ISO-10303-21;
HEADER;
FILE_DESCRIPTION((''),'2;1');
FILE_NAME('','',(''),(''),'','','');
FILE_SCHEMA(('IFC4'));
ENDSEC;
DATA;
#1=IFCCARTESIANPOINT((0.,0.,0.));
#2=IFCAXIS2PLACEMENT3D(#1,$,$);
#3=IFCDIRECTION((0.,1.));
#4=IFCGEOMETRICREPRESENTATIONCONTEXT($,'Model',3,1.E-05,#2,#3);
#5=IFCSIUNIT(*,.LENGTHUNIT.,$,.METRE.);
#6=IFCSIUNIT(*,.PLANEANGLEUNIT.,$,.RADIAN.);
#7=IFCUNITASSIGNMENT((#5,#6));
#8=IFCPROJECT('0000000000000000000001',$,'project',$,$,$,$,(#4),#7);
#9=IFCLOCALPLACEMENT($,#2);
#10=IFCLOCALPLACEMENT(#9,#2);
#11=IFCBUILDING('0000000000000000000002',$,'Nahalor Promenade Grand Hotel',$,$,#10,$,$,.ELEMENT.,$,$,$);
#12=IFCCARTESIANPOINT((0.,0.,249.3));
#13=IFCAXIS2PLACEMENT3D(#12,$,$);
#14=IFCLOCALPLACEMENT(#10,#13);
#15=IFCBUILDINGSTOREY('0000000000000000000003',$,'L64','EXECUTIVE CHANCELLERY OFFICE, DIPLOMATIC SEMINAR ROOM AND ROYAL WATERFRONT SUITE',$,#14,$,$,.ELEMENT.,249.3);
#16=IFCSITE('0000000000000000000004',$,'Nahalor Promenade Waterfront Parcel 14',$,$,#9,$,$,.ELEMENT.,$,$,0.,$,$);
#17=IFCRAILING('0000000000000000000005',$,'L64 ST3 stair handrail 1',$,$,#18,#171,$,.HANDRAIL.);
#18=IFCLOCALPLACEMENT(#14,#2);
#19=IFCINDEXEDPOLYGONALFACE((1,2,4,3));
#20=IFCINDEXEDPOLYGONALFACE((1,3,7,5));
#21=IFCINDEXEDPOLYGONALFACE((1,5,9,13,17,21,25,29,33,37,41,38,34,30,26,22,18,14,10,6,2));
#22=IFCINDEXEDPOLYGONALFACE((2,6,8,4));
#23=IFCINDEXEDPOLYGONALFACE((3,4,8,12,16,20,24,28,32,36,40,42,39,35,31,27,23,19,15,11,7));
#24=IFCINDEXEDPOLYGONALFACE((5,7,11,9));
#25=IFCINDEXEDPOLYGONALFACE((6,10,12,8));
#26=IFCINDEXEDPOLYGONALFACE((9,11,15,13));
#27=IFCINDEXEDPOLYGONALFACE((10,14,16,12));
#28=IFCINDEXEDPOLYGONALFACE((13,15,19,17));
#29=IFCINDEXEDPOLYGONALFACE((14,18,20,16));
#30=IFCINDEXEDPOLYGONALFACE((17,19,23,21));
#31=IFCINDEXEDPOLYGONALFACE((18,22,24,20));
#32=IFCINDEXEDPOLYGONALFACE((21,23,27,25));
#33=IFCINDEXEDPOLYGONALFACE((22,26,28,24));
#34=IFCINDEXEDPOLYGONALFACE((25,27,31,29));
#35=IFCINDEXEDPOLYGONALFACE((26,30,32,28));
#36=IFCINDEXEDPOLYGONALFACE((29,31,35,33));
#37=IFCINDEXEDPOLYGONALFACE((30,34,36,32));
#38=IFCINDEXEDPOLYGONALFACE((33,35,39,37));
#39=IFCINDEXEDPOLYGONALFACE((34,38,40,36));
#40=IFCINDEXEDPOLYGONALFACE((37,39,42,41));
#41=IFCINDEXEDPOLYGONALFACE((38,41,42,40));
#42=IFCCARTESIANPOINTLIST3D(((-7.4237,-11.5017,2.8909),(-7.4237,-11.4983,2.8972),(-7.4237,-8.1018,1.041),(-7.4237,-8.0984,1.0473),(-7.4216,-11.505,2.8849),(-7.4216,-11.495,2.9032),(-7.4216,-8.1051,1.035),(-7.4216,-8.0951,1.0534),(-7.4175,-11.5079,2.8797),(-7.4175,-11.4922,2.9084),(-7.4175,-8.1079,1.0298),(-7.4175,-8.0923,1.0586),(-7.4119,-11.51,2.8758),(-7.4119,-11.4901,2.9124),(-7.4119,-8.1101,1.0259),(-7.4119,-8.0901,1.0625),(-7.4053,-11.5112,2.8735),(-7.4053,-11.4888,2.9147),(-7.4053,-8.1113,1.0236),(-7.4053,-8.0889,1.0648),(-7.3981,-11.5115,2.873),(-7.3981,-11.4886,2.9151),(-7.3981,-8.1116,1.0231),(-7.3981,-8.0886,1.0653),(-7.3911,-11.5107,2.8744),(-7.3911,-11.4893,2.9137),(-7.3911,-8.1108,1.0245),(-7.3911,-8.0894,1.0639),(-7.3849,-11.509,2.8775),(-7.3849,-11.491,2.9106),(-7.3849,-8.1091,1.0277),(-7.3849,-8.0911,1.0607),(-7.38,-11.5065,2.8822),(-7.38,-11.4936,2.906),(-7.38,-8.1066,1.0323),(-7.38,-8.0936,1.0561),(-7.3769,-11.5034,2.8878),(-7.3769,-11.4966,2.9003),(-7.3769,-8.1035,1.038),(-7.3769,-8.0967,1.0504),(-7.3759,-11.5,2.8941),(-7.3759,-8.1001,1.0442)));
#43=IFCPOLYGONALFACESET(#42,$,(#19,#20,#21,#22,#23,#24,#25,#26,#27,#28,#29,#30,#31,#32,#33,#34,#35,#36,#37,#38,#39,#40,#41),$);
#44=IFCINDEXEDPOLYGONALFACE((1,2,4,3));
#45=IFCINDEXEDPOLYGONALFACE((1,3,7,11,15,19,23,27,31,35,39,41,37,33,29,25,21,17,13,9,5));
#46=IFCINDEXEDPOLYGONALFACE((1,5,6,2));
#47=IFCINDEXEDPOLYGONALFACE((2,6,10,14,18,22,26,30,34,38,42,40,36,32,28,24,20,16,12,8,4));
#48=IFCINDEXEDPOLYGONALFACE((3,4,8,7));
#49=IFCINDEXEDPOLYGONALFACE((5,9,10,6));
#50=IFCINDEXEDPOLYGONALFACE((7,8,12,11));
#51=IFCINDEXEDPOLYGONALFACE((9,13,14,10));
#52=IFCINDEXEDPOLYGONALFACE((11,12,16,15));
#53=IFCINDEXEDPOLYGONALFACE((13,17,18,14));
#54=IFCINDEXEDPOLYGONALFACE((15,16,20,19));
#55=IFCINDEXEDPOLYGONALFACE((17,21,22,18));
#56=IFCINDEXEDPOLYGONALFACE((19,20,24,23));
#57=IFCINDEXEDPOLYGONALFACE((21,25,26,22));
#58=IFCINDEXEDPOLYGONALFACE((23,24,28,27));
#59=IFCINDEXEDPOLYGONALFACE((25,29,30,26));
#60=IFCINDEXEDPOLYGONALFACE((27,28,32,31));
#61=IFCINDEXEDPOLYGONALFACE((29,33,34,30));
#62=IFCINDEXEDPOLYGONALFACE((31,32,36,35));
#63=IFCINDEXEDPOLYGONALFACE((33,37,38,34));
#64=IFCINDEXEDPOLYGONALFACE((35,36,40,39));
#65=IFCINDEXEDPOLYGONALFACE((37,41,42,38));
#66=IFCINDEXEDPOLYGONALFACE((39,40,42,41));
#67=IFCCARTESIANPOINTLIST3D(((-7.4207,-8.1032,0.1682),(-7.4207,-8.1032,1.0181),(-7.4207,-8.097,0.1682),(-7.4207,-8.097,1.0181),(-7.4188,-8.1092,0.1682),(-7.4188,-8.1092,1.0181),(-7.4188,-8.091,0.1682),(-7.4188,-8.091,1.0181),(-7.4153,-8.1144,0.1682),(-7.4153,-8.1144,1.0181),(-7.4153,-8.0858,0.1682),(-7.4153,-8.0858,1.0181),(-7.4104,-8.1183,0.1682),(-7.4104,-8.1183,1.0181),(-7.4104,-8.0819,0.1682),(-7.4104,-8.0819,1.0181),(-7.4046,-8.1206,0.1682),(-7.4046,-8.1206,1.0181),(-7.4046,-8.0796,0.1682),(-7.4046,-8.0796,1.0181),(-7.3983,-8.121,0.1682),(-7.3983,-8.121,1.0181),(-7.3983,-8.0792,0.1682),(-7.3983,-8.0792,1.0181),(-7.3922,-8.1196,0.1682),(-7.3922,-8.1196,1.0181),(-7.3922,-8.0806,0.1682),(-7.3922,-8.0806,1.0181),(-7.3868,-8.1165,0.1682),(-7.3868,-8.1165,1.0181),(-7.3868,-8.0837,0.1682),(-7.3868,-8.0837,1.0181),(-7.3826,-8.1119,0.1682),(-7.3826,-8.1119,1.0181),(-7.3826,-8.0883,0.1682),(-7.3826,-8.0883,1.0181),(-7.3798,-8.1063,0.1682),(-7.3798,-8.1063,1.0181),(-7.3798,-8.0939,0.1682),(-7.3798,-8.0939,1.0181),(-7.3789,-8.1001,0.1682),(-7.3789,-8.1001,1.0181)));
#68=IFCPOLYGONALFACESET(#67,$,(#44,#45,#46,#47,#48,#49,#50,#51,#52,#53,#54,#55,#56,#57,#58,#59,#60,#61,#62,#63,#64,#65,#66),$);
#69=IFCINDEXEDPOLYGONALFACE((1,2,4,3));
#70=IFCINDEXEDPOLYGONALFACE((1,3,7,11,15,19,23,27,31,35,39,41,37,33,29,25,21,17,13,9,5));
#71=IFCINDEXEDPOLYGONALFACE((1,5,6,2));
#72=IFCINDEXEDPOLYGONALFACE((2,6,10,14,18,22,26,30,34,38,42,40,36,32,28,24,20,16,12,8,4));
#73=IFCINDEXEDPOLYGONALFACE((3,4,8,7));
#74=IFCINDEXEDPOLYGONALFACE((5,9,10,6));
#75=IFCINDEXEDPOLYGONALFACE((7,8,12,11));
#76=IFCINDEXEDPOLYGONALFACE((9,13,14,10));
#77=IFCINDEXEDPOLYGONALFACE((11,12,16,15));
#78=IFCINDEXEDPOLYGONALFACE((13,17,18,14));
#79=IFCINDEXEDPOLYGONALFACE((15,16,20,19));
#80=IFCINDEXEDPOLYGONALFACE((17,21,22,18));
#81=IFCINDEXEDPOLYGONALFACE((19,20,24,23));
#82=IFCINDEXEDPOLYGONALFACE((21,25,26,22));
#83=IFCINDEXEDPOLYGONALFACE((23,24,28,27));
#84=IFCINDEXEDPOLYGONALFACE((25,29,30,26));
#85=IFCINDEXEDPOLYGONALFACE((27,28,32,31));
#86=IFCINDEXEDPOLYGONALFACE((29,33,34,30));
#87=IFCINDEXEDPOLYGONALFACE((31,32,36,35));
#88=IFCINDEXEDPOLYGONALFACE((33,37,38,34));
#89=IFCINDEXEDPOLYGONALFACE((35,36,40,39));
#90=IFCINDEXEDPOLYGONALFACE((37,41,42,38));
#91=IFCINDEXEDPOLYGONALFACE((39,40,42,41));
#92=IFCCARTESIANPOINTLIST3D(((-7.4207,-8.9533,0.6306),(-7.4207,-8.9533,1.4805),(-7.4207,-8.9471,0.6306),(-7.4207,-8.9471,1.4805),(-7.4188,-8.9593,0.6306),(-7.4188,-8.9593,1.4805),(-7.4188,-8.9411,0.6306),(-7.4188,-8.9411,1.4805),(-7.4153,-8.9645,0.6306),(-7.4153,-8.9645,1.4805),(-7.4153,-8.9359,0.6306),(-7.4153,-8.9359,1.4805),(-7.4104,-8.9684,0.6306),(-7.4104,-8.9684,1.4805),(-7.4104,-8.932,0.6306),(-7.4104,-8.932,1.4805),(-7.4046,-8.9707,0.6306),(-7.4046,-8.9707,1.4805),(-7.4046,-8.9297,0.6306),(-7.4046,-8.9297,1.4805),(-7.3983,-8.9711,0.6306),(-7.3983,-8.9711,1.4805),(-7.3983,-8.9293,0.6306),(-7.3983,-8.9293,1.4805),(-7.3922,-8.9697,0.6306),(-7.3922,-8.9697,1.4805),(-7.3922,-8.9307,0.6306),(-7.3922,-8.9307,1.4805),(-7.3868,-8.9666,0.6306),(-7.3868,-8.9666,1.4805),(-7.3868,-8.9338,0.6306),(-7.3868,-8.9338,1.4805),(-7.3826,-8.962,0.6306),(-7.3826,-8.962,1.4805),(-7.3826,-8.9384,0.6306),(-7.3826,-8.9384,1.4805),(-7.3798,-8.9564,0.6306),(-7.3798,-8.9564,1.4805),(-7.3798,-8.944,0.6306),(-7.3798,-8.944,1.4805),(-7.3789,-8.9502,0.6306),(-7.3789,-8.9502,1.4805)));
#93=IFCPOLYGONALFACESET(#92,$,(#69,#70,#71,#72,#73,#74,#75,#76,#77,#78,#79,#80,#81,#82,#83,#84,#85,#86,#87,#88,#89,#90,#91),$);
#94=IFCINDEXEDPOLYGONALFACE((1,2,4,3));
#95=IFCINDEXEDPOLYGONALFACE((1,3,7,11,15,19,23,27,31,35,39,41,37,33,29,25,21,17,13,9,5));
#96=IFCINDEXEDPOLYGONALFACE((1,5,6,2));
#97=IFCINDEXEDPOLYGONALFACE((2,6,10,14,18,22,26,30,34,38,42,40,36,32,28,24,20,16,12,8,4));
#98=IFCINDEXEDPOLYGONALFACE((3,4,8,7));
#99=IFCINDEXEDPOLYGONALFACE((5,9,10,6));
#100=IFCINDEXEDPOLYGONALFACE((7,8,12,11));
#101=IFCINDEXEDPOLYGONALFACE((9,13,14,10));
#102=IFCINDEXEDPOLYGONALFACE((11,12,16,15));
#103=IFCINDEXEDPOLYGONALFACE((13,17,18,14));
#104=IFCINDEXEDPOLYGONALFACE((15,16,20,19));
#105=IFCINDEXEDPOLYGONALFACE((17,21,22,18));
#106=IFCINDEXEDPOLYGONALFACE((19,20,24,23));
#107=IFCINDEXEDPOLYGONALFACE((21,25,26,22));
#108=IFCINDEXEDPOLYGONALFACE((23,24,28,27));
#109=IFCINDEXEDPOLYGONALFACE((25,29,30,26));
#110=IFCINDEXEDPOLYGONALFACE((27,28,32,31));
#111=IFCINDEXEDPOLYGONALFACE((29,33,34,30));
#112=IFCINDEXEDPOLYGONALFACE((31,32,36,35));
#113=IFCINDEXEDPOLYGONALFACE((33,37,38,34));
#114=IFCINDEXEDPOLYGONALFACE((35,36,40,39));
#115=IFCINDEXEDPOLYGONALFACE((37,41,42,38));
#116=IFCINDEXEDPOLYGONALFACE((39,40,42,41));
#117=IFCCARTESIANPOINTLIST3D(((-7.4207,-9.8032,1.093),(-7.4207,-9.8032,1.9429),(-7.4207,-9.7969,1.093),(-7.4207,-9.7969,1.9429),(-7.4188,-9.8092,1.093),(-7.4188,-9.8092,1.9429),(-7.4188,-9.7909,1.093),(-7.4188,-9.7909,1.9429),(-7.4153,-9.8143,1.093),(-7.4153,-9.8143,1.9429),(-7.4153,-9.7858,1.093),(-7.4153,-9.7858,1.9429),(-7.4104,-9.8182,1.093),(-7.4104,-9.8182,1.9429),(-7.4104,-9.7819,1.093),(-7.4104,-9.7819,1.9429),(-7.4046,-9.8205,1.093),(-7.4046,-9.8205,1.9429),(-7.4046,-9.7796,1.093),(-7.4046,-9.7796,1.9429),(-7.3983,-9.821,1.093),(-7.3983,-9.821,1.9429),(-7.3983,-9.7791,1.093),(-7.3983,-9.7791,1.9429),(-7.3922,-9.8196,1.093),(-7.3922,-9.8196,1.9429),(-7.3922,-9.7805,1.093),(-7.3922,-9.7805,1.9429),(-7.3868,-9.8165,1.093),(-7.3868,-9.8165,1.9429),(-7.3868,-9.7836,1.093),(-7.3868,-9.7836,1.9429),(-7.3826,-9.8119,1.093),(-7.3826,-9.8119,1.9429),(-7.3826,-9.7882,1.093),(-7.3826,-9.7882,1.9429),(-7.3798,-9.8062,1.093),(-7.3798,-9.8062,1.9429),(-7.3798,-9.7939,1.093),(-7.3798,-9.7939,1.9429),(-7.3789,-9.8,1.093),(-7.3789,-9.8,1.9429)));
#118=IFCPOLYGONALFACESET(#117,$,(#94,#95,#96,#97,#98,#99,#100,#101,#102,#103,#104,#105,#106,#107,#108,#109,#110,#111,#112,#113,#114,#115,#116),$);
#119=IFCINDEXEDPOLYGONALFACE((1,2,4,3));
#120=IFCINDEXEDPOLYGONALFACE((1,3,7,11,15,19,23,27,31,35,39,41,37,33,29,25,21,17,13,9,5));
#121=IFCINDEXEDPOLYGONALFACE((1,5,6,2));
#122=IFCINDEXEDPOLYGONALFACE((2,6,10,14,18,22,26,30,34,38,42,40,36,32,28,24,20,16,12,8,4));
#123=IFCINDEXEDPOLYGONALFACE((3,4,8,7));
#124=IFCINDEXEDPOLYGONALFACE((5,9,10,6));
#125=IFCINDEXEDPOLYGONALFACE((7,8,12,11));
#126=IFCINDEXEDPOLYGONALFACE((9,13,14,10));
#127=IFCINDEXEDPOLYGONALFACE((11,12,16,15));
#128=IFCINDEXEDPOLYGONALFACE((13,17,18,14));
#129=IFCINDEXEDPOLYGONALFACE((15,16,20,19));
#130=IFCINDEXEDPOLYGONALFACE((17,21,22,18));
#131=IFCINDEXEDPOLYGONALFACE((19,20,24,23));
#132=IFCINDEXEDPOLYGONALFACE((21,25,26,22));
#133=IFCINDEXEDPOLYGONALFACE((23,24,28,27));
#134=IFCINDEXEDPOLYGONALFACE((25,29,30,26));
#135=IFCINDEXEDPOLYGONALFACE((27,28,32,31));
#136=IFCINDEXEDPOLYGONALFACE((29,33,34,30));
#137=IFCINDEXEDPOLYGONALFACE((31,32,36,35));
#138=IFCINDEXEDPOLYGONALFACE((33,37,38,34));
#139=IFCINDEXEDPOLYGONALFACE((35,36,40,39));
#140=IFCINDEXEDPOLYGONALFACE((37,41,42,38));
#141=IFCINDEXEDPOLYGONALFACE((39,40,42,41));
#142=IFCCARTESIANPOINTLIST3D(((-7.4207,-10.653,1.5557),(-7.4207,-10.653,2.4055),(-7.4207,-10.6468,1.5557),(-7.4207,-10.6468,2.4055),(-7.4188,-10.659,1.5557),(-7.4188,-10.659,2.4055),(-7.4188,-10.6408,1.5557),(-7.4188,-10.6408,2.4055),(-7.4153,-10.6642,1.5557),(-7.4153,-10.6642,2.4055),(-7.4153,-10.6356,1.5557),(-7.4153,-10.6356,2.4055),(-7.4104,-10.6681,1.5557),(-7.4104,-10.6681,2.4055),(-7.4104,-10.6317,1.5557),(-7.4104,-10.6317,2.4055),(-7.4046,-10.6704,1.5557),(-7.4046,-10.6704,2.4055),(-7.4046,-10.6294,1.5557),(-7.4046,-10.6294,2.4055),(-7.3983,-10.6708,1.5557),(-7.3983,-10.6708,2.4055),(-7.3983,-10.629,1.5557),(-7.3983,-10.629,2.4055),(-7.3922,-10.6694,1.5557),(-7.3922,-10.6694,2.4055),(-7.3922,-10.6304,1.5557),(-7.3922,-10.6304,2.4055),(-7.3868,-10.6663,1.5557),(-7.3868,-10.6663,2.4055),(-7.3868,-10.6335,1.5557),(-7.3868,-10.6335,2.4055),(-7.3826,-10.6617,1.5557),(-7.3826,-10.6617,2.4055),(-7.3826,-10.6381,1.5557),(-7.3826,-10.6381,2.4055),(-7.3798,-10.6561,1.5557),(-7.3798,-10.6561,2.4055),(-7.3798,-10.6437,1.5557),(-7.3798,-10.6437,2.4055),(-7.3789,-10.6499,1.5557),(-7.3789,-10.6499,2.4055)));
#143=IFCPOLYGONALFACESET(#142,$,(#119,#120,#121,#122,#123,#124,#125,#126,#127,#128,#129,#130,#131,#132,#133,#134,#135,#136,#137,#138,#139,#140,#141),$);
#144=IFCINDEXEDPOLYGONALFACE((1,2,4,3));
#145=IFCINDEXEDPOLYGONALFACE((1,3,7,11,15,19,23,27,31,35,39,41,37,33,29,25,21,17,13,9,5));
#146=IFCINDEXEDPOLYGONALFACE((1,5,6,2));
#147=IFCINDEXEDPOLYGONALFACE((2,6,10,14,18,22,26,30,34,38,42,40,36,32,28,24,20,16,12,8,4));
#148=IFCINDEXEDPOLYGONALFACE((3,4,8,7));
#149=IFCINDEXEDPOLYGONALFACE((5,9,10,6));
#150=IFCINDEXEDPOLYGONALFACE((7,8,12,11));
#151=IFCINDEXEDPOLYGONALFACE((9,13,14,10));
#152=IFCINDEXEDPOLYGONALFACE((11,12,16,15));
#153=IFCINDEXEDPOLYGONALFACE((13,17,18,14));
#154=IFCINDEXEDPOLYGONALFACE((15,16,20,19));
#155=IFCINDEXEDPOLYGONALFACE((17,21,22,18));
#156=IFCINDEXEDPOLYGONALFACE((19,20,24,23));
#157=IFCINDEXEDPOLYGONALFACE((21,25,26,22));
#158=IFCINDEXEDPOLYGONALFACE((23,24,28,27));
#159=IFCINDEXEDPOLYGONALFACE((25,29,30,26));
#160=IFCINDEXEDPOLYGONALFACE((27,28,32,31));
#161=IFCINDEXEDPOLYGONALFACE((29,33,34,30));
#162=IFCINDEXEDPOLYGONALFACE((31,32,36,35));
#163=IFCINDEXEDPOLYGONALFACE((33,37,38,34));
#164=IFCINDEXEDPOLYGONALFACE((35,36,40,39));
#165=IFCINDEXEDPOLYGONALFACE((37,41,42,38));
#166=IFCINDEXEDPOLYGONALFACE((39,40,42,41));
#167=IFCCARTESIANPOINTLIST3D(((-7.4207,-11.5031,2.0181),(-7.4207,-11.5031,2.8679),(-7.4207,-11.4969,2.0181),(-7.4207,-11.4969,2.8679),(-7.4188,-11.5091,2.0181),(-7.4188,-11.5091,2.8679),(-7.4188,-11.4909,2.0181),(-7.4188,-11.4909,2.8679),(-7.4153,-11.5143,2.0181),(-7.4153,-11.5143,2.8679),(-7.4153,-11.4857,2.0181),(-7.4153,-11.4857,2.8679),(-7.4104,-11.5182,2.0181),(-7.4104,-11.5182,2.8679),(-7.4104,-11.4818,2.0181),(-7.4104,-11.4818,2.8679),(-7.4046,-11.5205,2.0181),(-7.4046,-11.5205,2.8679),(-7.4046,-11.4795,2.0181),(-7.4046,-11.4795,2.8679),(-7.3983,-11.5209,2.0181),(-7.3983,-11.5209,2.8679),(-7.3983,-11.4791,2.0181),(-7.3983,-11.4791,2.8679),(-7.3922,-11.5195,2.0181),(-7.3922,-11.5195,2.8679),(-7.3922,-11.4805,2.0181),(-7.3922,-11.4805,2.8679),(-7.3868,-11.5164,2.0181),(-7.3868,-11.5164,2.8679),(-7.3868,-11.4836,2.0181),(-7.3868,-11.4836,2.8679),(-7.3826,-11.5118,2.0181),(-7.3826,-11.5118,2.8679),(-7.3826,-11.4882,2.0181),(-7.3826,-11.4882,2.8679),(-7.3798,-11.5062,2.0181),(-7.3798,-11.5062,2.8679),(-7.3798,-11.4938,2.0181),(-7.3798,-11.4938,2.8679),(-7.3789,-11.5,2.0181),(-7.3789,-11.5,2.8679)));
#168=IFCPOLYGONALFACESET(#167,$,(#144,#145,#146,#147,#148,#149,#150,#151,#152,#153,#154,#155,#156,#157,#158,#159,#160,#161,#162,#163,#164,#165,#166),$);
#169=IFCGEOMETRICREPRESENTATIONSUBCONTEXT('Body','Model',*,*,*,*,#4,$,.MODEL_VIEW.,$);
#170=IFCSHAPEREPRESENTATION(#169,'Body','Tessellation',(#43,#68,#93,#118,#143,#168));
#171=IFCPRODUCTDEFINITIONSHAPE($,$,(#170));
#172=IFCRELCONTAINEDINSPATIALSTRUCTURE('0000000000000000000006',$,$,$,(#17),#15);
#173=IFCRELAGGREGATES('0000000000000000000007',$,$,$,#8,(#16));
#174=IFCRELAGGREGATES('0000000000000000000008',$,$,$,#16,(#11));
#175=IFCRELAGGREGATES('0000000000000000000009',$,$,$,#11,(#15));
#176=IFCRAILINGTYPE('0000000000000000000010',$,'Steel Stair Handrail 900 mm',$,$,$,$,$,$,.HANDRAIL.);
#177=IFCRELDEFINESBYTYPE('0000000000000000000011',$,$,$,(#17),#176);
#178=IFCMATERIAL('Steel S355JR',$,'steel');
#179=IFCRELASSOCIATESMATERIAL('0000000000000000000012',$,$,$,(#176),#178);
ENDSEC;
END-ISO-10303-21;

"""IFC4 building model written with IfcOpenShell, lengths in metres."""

from ifc_helpers import new_model, si_unit, direction, frame, origin, origin_2d, place, context, subcontext, project, spatial, circle, extrude, material, type_object, element, save


model = new_model("IFC4")

# Units and contexts
model_context = context("Model", 3, precision=1e-05, world=origin(), true_north=direction((0.0, 1.0)))
body_context = subcontext(model_context, "Body", "Model", "MODEL_VIEW")
ifc_project = project(units=[si_unit("LENGTHUNIT", "METRE"), si_unit("PLANEANGLEUNIT", "RADIAN")], contexts=[model_context])

# Site, building, storey
site_placement = place(None, origin())
site = spatial("IfcSite", under=ifc_project, at=site_placement, Name="Nahalor Promenade Waterfront Parcel 14", CompositionType="ELEMENT", RefElevation=0.0)
building_placement = place(site_placement, origin())
building = spatial("IfcBuilding", under=site, at=building_placement, Name="Nahalor Promenade Grand Hotel", CompositionType="ELEMENT")
storey_placement = place(building_placement, frame((0.0, 0.0, 249.3)))
storey = spatial("IfcBuildingStorey", under=building, at=storey_placement, Name="L64", Description="EXECUTIVE CHANCELLERY OFFICE, DIPLOMATIC SEMINAR ROOM AND ROYAL WATERFRONT SUITE", CompositionType="ELEMENT", Elevation=249.3)

# Shared definitions
ifc_material_1 = material(Name="Steel S355JR", Category="steel")

# Railing
railing_type_1 = type_object("IfcRailingType", Name="Steel Stair Handrail 900 mm", PredefinedType="HANDRAIL", material=ifc_material_1)
for number, where, name in (
    (1, (-7.3999, -8.1001, 0.1682), "L64 ST3 stair handrail 1"),
):
    element("IfcRailing", number, at=place(storey_placement, frame(where)), inside=storey, type_object=railing_type_1, Name=name, PredefinedType="HANDRAIL", context=body_context, shape_type="SweptSolid", body=[
        extrude(circle(Radius=0.024, at=origin_2d()), frame((0.0, 0.0, 0.876), z_axis=(0.0, -0.878399, 0.477928), x_axis=(1.0, 0.0, 0.0)), (0.0, 0.0, 1.0), 3.8706),
        extrude(circle(Radius=0.021, at=origin_2d()), origin(), (0.0, 0.0, 1.0), 0.8499),
        extrude(circle(Radius=0.021, at=origin_2d()), frame((0.0, -0.8501, 0.4624)), (0.0, 0.0, 1.0), 0.8499),
        extrude(circle(Radius=0.021, at=origin_2d()), frame((0.0, -1.7, 0.9248)), (0.0, 0.0, 1.0), 0.8499),
        extrude(circle(Radius=0.021, at=origin_2d()), frame((0.0, -2.5498, 1.3875)), (0.0, 0.0, 1.0), 0.8499),
        extrude(circle(Radius=0.021, at=origin_2d()), frame((0.0, -3.3999, 1.8499)), (0.0, 0.0, 1.0), 0.8499),
    ])

save(model, "model.ifc")
